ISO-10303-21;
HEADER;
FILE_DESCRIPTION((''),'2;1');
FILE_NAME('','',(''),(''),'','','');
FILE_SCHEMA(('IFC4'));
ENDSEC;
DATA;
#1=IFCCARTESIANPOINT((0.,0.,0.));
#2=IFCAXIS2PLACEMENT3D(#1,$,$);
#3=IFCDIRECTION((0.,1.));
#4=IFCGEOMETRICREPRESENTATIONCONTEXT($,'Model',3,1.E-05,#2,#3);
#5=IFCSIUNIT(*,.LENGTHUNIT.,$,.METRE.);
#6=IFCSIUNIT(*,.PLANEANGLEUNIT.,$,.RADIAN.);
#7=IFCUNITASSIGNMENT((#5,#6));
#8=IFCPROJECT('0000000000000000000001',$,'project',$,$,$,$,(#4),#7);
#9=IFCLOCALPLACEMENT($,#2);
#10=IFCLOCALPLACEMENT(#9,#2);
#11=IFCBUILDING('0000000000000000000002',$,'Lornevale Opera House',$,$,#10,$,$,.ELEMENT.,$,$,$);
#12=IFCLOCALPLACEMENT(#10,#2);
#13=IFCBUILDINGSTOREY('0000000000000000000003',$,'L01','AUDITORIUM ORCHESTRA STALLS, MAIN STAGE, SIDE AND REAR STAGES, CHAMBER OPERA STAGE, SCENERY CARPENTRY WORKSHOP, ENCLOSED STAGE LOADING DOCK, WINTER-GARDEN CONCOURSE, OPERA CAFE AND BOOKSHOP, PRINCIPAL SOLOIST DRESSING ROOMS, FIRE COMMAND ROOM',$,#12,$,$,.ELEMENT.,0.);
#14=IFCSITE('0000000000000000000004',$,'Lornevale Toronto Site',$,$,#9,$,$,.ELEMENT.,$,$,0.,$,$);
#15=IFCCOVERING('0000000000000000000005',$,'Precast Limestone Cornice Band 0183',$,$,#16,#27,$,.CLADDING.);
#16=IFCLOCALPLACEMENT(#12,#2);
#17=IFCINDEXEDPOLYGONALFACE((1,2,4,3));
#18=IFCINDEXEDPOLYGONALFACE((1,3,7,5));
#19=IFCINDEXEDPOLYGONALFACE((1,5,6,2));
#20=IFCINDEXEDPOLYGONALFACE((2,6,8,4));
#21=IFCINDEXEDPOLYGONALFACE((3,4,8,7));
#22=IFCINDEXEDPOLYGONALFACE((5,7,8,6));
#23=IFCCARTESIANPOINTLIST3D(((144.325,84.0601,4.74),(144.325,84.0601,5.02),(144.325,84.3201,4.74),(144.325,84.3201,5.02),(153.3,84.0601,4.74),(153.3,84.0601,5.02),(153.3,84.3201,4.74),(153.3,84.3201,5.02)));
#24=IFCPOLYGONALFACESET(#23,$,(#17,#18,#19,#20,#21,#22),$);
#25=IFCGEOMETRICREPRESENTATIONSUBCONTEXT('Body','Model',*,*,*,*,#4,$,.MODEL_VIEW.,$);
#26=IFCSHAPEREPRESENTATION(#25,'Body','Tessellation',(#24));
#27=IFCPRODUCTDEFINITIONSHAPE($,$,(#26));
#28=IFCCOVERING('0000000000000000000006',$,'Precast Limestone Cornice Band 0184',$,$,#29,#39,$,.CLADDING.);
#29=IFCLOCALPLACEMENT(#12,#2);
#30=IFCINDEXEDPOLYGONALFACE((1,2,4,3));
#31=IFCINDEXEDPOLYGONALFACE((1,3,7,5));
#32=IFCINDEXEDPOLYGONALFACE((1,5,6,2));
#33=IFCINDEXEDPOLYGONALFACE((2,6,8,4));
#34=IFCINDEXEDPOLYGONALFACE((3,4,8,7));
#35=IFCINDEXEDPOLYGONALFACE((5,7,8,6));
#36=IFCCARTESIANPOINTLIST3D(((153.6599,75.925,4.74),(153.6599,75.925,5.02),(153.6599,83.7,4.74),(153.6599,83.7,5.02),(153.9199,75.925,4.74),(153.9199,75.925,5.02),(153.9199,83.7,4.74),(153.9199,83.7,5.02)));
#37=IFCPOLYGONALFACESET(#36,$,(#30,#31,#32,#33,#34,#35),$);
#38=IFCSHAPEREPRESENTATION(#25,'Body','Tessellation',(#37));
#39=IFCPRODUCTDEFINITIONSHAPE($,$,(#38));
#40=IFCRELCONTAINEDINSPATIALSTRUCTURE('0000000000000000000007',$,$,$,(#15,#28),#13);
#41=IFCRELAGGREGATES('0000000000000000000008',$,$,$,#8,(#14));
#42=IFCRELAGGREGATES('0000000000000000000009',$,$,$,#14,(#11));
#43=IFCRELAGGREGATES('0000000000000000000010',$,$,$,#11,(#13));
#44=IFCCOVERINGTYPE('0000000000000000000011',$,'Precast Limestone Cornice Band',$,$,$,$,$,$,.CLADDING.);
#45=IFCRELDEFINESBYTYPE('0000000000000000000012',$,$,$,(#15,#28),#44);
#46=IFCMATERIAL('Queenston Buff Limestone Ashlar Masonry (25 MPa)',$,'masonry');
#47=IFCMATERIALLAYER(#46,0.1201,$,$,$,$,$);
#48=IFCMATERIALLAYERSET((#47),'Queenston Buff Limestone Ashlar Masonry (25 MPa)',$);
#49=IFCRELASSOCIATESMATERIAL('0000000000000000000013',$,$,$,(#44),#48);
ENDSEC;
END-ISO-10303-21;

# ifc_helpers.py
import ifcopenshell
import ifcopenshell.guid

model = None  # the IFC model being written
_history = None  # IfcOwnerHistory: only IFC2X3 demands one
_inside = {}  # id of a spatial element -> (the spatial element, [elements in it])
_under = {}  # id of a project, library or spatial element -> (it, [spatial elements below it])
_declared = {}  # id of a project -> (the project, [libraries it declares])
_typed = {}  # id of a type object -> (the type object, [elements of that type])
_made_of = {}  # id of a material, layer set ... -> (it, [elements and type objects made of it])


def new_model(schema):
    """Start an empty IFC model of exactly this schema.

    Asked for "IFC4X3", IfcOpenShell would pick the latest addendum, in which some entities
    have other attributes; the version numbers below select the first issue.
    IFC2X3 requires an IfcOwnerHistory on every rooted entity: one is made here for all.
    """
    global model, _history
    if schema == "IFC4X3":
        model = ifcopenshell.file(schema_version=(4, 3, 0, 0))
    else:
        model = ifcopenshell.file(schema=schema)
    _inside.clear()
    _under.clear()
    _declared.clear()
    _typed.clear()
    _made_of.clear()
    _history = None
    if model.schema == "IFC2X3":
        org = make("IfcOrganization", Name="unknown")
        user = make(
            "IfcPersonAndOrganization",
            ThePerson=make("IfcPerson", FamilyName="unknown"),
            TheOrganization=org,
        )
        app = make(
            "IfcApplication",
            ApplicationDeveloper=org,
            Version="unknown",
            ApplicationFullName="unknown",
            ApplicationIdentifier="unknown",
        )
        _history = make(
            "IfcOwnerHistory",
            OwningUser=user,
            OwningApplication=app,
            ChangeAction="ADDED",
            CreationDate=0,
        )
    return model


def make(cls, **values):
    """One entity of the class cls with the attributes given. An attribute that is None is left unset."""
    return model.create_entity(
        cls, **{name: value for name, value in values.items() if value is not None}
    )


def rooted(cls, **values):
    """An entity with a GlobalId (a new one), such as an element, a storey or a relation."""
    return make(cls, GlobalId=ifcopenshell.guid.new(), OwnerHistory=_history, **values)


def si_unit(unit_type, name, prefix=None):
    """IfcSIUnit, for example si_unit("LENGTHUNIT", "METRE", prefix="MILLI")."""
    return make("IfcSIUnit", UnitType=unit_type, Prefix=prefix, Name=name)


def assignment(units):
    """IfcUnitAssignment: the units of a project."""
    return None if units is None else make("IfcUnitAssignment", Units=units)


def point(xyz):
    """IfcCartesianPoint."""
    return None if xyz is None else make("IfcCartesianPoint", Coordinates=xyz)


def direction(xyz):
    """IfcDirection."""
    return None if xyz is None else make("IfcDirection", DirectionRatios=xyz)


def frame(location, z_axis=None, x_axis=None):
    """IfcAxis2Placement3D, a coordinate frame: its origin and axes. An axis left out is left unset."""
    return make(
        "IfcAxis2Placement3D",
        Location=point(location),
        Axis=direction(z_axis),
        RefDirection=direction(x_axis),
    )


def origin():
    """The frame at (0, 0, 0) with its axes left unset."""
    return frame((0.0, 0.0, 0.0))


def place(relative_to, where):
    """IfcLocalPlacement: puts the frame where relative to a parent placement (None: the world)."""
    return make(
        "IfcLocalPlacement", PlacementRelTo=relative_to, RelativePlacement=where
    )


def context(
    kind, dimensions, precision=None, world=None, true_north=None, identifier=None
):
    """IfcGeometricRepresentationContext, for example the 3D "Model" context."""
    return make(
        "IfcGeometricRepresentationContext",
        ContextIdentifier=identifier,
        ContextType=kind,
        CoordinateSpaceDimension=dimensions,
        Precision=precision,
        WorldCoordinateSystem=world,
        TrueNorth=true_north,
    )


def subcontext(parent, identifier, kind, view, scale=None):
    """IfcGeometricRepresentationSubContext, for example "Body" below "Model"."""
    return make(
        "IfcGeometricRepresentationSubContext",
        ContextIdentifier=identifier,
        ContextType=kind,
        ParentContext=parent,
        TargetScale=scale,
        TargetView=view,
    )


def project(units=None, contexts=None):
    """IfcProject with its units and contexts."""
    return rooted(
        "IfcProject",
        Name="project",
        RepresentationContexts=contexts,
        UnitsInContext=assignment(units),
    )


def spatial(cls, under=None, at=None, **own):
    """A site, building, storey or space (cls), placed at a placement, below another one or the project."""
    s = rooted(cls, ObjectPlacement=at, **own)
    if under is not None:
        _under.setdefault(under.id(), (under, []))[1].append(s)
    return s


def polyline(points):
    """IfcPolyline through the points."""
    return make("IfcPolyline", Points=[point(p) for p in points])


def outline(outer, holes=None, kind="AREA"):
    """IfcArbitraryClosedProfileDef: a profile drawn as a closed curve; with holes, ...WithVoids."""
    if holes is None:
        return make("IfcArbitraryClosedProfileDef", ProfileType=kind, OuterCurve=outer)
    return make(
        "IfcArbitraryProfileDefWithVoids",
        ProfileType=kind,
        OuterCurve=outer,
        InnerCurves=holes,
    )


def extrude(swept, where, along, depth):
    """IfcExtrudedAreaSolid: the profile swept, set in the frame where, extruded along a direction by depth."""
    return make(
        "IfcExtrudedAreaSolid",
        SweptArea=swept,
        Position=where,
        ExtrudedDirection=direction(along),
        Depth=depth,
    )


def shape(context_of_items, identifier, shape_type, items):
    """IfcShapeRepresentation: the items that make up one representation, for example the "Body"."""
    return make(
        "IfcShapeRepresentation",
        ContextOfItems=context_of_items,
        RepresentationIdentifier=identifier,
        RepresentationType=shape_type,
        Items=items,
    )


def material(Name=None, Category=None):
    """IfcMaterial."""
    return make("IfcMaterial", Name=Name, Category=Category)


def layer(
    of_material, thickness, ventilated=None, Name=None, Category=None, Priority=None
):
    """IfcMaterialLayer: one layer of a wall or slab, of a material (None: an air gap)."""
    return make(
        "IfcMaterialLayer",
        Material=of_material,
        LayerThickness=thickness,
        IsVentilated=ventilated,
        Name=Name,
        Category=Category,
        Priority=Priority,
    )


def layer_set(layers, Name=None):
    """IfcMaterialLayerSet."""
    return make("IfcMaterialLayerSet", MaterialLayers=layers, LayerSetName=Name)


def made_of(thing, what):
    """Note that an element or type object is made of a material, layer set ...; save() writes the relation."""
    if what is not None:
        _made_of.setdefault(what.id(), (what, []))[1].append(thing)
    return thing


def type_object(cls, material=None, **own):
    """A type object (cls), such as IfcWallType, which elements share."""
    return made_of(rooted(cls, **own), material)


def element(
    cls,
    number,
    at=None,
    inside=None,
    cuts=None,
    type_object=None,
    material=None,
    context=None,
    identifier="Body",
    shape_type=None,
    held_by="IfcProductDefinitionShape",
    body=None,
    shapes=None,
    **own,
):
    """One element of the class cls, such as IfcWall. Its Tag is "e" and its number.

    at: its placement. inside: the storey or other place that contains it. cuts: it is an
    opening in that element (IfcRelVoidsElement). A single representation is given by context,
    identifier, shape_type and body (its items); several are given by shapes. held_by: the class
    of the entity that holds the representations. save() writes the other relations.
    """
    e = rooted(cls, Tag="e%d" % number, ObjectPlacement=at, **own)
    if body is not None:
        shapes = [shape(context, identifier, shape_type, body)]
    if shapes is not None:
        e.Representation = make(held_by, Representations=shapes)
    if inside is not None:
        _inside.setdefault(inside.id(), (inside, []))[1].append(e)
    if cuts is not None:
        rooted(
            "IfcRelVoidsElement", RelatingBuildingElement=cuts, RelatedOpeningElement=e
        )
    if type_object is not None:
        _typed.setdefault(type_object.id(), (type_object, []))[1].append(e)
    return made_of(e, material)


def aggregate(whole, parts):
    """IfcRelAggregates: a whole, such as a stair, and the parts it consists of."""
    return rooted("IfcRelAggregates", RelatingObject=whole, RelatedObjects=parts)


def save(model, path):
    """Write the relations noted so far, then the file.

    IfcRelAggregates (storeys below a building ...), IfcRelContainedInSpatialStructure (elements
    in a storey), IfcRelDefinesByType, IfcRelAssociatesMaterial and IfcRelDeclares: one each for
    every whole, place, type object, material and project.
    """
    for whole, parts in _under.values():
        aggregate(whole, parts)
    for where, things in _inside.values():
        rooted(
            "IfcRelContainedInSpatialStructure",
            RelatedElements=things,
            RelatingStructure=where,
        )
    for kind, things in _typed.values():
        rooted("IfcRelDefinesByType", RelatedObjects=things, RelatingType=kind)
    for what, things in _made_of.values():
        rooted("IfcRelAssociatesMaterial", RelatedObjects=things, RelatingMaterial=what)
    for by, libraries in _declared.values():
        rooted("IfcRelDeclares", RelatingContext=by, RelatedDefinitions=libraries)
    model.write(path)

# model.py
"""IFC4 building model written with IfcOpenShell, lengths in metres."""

from ifc_helpers import new_model, si_unit, direction, frame, origin, place, context, subcontext, project, spatial, polyline, outline, extrude, material, layer, layer_set, type_object, element, save


model = new_model("IFC4")

# Units and contexts
model_context = context("Model", 3, precision=1e-05, world=origin(), true_north=direction((0.0, 1.0)))
body_context = subcontext(model_context, "Body", "Model", "MODEL_VIEW")
ifc_project = project(units=[si_unit("LENGTHUNIT", "METRE"), si_unit("PLANEANGLEUNIT", "RADIAN")], contexts=[model_context])

# Site, building, storey
site_placement = place(None, origin())
site = spatial("IfcSite", under=ifc_project, at=site_placement, Name="Lornevale Toronto Site", CompositionType="ELEMENT", RefElevation=0.0)
building_placement = place(site_placement, origin())
building = spatial("IfcBuilding", under=site, at=building_placement, Name="Lornevale Opera House", CompositionType="ELEMENT")
storey_placement = place(building_placement, origin())
storey = spatial("IfcBuildingStorey", under=building, at=storey_placement, Name="L01", Description="AUDITORIUM ORCHESTRA STALLS, MAIN STAGE, SIDE AND REAR STAGES, CHAMBER OPERA STAGE, SCENERY CARPENTRY WORKSHOP, ENCLOSED STAGE LOADING DOCK, WINTER-GARDEN CONCOURSE, OPERA CAFE AND BOOKSHOP, PRINCIPAL SOLOIST DRESSING ROOMS, FIRE COMMAND ROOM", CompositionType="ELEMENT", Elevation=0.0)

# Coverings
ifc_material_1 = material(Name="Queenston Buff Limestone Ashlar Masonry (25 MPa)", Category="masonry")
ifc_layer_1 = layer(ifc_material_1, 0.1201)
ifc_layer_set_1 = layer_set([ifc_layer_1], Name="Queenston Buff Limestone Ashlar Masonry (25 MPa)")
covering_type_1 = type_object("IfcCoveringType", Name="Precast Limestone Cornice Band", PredefinedType="CLADDING", material=ifc_layer_set_1)
covering_1_placement = place(storey_placement, frame((0.0, 0.0, 4.74)))
element("IfcCovering", 1, at=covering_1_placement, inside=storey, type_object=covering_type_1, Name="Precast Limestone Cornice Band 0183", PredefinedType="CLADDING", context=body_context, shape_type="SweptSolid", body=[
    extrude(outline(polyline([(144.325, 84.0601), (153.3, 84.0601), (153.3, 84.3201), (144.325, 84.3201), (144.325, 84.0601)])), origin(), (0.0, 0.0, 1.0), 0.28),
])
covering_2_placement = place(storey_placement, frame((0.0, 0.0, 4.74)))
element("IfcCovering", 2, at=covering_2_placement, inside=storey, type_object=covering_type_1, Name="Precast Limestone Cornice Band 0184", PredefinedType="CLADDING", context=body_context, shape_type="SweptSolid", body=[
    extrude(outline(polyline([(153.6599, 83.7), (153.6599, 75.925), (153.9199, 75.925), (153.9199, 83.7), (153.6599, 83.7)])), origin(), (0.0, 0.0, 1.0), 0.28),
])

save(model, "model.ifc")
